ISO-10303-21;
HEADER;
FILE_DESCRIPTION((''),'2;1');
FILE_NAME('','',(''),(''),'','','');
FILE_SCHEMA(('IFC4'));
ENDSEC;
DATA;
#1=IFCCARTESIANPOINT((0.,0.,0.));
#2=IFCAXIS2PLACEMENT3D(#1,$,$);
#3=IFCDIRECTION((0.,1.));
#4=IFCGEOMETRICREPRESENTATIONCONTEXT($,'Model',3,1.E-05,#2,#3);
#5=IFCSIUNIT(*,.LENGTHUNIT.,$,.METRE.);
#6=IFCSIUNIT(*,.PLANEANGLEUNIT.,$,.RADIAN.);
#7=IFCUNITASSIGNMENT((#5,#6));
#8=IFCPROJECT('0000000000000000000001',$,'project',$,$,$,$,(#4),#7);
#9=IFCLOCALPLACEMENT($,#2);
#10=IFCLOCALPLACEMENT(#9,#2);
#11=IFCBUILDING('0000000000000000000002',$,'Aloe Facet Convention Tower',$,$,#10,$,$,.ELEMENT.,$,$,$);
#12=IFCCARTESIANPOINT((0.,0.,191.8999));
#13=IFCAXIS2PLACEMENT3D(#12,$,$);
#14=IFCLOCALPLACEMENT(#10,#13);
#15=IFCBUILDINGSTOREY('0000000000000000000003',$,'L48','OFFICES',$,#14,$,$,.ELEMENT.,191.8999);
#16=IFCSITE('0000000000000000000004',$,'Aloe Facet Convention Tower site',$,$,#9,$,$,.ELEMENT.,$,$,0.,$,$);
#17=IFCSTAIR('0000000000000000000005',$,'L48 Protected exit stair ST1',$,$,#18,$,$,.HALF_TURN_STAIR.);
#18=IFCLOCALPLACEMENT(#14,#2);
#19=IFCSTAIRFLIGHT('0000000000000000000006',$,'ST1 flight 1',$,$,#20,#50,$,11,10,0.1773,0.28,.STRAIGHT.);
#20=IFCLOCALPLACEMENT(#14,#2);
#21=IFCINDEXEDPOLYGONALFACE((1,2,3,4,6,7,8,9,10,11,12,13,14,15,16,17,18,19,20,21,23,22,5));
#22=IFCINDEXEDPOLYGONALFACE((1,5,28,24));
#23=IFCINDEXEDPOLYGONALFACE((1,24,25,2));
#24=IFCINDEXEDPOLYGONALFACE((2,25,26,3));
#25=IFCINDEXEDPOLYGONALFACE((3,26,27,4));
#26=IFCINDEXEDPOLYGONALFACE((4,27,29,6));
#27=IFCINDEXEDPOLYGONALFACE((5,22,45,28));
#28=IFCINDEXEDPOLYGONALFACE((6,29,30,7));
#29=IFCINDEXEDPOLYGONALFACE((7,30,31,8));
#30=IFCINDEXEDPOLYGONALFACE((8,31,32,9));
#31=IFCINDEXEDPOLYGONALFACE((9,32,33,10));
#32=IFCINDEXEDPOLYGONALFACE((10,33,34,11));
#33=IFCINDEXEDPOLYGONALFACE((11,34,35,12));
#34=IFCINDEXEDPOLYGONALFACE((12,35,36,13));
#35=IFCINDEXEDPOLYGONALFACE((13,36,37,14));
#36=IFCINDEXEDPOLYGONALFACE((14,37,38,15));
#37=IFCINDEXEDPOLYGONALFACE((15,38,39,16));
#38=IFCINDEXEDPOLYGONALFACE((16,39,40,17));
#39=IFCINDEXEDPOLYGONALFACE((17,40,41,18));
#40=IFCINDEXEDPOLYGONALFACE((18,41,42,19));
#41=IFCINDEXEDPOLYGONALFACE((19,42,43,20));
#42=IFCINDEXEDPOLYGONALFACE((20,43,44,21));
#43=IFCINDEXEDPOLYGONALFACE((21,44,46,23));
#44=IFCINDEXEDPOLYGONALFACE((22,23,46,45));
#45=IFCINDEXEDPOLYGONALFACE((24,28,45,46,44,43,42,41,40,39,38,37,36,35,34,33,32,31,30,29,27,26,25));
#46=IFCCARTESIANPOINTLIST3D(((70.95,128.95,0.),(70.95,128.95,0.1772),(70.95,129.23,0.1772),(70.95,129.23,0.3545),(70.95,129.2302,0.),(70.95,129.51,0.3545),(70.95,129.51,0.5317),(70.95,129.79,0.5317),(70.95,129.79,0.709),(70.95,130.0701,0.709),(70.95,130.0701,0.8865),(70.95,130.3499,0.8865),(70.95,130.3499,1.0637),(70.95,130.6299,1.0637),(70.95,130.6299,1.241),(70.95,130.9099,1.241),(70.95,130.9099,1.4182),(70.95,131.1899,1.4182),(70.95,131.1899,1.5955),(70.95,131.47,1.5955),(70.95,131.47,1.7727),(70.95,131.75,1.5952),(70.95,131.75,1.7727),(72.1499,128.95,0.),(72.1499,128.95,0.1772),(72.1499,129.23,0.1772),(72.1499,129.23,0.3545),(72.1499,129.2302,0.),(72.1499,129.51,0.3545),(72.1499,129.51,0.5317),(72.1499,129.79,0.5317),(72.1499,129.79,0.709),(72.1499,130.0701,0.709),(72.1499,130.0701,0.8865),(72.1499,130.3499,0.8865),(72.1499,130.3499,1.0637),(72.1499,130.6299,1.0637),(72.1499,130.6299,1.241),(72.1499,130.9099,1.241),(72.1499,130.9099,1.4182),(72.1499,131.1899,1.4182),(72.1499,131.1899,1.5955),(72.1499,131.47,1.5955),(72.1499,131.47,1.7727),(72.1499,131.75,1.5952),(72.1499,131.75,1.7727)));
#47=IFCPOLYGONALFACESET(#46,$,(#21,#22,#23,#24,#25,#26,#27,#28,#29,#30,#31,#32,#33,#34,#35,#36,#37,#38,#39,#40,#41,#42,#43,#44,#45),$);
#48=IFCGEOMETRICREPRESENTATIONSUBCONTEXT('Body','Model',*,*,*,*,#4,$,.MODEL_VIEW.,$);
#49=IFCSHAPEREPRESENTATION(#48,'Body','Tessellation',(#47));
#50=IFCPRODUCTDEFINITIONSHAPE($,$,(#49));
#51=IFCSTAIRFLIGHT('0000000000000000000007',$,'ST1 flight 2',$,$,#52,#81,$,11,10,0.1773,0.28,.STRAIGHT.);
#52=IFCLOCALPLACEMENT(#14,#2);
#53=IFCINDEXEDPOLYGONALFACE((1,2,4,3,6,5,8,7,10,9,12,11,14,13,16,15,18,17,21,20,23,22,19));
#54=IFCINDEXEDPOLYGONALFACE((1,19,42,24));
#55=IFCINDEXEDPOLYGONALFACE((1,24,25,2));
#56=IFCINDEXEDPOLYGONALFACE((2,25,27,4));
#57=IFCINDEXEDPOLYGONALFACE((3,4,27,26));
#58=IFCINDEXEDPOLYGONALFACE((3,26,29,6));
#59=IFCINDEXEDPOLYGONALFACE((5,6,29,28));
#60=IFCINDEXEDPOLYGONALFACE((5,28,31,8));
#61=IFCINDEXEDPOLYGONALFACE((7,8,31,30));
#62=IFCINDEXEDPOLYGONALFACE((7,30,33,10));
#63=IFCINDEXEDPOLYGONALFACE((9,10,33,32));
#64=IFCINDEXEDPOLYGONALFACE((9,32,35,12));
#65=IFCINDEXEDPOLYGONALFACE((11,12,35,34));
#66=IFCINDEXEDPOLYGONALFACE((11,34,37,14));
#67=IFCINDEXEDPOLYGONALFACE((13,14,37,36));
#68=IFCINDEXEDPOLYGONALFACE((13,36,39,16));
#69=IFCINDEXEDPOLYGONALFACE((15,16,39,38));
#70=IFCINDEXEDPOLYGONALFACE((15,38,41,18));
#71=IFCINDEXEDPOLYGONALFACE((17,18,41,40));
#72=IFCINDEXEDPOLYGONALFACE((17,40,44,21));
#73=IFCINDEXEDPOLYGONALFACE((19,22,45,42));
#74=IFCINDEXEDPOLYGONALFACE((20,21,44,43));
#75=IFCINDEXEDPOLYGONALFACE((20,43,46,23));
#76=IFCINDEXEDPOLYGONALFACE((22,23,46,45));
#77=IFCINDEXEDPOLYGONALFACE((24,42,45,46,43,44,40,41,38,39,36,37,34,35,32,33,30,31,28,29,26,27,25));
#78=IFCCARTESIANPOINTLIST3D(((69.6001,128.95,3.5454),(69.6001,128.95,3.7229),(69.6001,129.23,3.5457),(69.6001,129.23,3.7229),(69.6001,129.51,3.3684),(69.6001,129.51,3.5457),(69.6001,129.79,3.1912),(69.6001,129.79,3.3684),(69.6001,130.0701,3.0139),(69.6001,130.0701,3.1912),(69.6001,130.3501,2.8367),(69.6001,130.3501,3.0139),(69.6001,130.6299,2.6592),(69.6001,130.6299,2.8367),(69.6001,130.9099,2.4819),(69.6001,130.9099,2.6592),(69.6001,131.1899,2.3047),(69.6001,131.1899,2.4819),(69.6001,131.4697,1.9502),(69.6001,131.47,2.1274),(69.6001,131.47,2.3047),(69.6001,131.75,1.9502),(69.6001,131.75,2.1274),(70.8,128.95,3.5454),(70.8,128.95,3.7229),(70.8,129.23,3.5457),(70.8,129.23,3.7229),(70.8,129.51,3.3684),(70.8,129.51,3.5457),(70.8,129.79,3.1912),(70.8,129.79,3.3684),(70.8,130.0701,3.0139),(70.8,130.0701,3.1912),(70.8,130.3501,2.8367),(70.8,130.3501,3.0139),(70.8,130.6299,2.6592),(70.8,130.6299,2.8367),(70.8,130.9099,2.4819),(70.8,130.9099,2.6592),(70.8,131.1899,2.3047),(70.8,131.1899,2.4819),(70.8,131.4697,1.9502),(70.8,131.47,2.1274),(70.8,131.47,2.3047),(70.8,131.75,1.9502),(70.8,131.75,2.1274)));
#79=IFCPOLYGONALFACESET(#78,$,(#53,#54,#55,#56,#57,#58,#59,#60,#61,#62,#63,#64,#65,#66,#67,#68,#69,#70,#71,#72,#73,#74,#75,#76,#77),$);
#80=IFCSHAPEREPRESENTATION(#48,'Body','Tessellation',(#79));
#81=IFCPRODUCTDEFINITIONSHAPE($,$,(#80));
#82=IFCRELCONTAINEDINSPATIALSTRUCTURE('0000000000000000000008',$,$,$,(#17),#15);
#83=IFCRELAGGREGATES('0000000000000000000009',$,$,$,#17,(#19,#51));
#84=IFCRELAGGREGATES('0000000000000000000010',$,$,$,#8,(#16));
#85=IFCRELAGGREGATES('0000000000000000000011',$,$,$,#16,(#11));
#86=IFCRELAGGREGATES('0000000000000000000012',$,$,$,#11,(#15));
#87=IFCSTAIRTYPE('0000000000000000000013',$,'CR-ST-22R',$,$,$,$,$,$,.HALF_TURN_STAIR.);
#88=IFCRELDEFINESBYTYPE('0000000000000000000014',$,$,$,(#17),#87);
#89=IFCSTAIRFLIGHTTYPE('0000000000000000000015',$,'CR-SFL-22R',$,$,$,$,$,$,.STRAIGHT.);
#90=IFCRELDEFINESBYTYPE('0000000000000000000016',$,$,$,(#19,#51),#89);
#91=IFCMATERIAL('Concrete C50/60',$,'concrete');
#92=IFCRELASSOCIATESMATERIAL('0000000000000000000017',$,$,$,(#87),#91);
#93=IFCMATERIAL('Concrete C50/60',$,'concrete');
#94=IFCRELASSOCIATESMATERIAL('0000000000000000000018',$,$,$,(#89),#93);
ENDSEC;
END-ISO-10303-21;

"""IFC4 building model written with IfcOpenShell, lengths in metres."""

from ifc_helpers import new_model, si_unit, direction, frame, origin, place, context, subcontext, project, spatial, polyline, outline, extrude, material, type_object, element, aggregate, save


model = new_model("IFC4")

# Units and contexts
model_context = context("Model", 3, precision=1e-05, world=origin(), true_north=direction((0.0, 1.0)))
body_context = subcontext(model_context, "Body", "Model", "MODEL_VIEW")
ifc_project = project(units=[si_unit("LENGTHUNIT", "METRE"), si_unit("PLANEANGLEUNIT", "RADIAN")], contexts=[model_context])

# Site, building, storey
site_placement = place(None, origin())
site = spatial("IfcSite", under=ifc_project, at=site_placement, Name="Aloe Facet Convention Tower site", CompositionType="ELEMENT", RefElevation=0.0)
building_placement = place(site_placement, origin())
building = spatial("IfcBuilding", under=site, at=building_placement, Name="Aloe Facet Convention Tower", CompositionType="ELEMENT")
storey_placement = place(building_placement, frame((0.0, 0.0, 191.8999)))
storey = spatial("IfcBuildingStorey", under=building, at=storey_placement, Name="L48", Description="OFFICES", CompositionType="ELEMENT", Elevation=191.8999)

# Stair, stair flights
ifc_material_1 = material(Name="Concrete C50/60", Category="concrete")
stair_type = type_object("IfcStairType", Name="CR-ST-22R", PredefinedType="HALF_TURN_STAIR", material=ifc_material_1)
stair_placement = place(storey_placement, origin())
stair = element("IfcStair", 1, at=stair_placement, inside=storey, type_object=stair_type, Name="L48 Protected exit stair ST1", PredefinedType="HALF_TURN_STAIR")
ifc_material_2 = material(Name="Concrete C50/60", Category="concrete")
stair_flight_type = type_object("IfcStairFlightType", Name="CR-SFL-22R", PredefinedType="STRAIGHT", material=ifc_material_2)
stair_flight_1_placement = place(storey_placement, frame((71.55, 128.95, 0.0), z_axis=(0.0, 0.0, 1.0), x_axis=(0.0, 1.0, 0.0)))
stair_flight_1 = element("IfcStairFlight", 2, at=stair_flight_1_placement, type_object=stair_flight_type, Name="ST1 flight 1", NumberOfRisers=11, NumberOfTreads=10, PredefinedType="STRAIGHT", RiserHeight=0.1773, TreadLength=0.28, context=body_context, shape_type="SweptSolid", body=[
    extrude(outline(polyline([(0.0, 0.0), (0.0, 0.1772), (0.28, 0.1772), (0.28, 0.3545), (0.5601, 0.3545), (0.5601, 0.5317), (0.8401, 0.5317), (0.8401, 0.709), (1.1201, 0.709), (1.1201, 0.8865), (1.3999, 0.8865), (1.3999, 1.0637), (1.6799, 1.0637), (1.6799, 1.241), (1.96, 1.241), (1.96, 1.4182), (2.24, 1.4182), (2.24, 1.5955), (2.52, 1.5955), (2.52, 1.7727), (2.8, 1.7727), (2.8, 1.95), (2.8, 1.5952), (0.2803, 0.0), (0.0, 0.0)])), frame((0.0, 0.6001, 0.0), z_axis=(0.0, -1.0, 0.0), x_axis=(1.0, 0.0, 0.0)), (0.0, 0.0, 1.0), 1.2),
])
stair_flight_2_placement = place(storey_placement, frame((70.2, 131.75, 1.9502), z_axis=(0.0, 0.0, 1.0), x_axis=(0.0, -1.0, 0.0)))
stair_flight_2 = element("IfcStairFlight", 3, at=stair_flight_2_placement, type_object=stair_flight_type, Name="ST1 flight 2", NumberOfRisers=11, NumberOfTreads=10, PredefinedType="STRAIGHT", RiserHeight=0.1773, TreadLength=0.28, context=body_context, shape_type="SweptSolid", body=[
    extrude(outline(polyline([(0.0, 0.0), (0.0, 0.1772), (0.28, 0.1772), (0.28, 0.3545), (0.5601, 0.3545), (0.5601, 0.5317), (0.8401, 0.5317), (0.8401, 0.709), (1.1201, 0.709), (1.1201, 0.8865), (1.3999, 0.8865), (1.3999, 1.0637), (1.6799, 1.0637), (1.6799, 1.241), (1.96, 1.241), (1.96, 1.4182), (2.24, 1.4182), (2.24, 1.5955), (2.52, 1.5955), (2.52, 1.7727), (2.8, 1.7727), (2.8, 1.95), (2.8, 1.5952), (0.2803, 0.0), (0.0, 0.0)])), frame((0.0, 0.6001, 0.0), z_axis=(0.0, -1.0, 0.0), x_axis=(1.0, 0.0, 0.0)), (0.0, 0.0, 1.0), 1.2),
])
aggregate(stair, [stair_flight_1, stair_flight_2])

save(model, "model.ifc")
